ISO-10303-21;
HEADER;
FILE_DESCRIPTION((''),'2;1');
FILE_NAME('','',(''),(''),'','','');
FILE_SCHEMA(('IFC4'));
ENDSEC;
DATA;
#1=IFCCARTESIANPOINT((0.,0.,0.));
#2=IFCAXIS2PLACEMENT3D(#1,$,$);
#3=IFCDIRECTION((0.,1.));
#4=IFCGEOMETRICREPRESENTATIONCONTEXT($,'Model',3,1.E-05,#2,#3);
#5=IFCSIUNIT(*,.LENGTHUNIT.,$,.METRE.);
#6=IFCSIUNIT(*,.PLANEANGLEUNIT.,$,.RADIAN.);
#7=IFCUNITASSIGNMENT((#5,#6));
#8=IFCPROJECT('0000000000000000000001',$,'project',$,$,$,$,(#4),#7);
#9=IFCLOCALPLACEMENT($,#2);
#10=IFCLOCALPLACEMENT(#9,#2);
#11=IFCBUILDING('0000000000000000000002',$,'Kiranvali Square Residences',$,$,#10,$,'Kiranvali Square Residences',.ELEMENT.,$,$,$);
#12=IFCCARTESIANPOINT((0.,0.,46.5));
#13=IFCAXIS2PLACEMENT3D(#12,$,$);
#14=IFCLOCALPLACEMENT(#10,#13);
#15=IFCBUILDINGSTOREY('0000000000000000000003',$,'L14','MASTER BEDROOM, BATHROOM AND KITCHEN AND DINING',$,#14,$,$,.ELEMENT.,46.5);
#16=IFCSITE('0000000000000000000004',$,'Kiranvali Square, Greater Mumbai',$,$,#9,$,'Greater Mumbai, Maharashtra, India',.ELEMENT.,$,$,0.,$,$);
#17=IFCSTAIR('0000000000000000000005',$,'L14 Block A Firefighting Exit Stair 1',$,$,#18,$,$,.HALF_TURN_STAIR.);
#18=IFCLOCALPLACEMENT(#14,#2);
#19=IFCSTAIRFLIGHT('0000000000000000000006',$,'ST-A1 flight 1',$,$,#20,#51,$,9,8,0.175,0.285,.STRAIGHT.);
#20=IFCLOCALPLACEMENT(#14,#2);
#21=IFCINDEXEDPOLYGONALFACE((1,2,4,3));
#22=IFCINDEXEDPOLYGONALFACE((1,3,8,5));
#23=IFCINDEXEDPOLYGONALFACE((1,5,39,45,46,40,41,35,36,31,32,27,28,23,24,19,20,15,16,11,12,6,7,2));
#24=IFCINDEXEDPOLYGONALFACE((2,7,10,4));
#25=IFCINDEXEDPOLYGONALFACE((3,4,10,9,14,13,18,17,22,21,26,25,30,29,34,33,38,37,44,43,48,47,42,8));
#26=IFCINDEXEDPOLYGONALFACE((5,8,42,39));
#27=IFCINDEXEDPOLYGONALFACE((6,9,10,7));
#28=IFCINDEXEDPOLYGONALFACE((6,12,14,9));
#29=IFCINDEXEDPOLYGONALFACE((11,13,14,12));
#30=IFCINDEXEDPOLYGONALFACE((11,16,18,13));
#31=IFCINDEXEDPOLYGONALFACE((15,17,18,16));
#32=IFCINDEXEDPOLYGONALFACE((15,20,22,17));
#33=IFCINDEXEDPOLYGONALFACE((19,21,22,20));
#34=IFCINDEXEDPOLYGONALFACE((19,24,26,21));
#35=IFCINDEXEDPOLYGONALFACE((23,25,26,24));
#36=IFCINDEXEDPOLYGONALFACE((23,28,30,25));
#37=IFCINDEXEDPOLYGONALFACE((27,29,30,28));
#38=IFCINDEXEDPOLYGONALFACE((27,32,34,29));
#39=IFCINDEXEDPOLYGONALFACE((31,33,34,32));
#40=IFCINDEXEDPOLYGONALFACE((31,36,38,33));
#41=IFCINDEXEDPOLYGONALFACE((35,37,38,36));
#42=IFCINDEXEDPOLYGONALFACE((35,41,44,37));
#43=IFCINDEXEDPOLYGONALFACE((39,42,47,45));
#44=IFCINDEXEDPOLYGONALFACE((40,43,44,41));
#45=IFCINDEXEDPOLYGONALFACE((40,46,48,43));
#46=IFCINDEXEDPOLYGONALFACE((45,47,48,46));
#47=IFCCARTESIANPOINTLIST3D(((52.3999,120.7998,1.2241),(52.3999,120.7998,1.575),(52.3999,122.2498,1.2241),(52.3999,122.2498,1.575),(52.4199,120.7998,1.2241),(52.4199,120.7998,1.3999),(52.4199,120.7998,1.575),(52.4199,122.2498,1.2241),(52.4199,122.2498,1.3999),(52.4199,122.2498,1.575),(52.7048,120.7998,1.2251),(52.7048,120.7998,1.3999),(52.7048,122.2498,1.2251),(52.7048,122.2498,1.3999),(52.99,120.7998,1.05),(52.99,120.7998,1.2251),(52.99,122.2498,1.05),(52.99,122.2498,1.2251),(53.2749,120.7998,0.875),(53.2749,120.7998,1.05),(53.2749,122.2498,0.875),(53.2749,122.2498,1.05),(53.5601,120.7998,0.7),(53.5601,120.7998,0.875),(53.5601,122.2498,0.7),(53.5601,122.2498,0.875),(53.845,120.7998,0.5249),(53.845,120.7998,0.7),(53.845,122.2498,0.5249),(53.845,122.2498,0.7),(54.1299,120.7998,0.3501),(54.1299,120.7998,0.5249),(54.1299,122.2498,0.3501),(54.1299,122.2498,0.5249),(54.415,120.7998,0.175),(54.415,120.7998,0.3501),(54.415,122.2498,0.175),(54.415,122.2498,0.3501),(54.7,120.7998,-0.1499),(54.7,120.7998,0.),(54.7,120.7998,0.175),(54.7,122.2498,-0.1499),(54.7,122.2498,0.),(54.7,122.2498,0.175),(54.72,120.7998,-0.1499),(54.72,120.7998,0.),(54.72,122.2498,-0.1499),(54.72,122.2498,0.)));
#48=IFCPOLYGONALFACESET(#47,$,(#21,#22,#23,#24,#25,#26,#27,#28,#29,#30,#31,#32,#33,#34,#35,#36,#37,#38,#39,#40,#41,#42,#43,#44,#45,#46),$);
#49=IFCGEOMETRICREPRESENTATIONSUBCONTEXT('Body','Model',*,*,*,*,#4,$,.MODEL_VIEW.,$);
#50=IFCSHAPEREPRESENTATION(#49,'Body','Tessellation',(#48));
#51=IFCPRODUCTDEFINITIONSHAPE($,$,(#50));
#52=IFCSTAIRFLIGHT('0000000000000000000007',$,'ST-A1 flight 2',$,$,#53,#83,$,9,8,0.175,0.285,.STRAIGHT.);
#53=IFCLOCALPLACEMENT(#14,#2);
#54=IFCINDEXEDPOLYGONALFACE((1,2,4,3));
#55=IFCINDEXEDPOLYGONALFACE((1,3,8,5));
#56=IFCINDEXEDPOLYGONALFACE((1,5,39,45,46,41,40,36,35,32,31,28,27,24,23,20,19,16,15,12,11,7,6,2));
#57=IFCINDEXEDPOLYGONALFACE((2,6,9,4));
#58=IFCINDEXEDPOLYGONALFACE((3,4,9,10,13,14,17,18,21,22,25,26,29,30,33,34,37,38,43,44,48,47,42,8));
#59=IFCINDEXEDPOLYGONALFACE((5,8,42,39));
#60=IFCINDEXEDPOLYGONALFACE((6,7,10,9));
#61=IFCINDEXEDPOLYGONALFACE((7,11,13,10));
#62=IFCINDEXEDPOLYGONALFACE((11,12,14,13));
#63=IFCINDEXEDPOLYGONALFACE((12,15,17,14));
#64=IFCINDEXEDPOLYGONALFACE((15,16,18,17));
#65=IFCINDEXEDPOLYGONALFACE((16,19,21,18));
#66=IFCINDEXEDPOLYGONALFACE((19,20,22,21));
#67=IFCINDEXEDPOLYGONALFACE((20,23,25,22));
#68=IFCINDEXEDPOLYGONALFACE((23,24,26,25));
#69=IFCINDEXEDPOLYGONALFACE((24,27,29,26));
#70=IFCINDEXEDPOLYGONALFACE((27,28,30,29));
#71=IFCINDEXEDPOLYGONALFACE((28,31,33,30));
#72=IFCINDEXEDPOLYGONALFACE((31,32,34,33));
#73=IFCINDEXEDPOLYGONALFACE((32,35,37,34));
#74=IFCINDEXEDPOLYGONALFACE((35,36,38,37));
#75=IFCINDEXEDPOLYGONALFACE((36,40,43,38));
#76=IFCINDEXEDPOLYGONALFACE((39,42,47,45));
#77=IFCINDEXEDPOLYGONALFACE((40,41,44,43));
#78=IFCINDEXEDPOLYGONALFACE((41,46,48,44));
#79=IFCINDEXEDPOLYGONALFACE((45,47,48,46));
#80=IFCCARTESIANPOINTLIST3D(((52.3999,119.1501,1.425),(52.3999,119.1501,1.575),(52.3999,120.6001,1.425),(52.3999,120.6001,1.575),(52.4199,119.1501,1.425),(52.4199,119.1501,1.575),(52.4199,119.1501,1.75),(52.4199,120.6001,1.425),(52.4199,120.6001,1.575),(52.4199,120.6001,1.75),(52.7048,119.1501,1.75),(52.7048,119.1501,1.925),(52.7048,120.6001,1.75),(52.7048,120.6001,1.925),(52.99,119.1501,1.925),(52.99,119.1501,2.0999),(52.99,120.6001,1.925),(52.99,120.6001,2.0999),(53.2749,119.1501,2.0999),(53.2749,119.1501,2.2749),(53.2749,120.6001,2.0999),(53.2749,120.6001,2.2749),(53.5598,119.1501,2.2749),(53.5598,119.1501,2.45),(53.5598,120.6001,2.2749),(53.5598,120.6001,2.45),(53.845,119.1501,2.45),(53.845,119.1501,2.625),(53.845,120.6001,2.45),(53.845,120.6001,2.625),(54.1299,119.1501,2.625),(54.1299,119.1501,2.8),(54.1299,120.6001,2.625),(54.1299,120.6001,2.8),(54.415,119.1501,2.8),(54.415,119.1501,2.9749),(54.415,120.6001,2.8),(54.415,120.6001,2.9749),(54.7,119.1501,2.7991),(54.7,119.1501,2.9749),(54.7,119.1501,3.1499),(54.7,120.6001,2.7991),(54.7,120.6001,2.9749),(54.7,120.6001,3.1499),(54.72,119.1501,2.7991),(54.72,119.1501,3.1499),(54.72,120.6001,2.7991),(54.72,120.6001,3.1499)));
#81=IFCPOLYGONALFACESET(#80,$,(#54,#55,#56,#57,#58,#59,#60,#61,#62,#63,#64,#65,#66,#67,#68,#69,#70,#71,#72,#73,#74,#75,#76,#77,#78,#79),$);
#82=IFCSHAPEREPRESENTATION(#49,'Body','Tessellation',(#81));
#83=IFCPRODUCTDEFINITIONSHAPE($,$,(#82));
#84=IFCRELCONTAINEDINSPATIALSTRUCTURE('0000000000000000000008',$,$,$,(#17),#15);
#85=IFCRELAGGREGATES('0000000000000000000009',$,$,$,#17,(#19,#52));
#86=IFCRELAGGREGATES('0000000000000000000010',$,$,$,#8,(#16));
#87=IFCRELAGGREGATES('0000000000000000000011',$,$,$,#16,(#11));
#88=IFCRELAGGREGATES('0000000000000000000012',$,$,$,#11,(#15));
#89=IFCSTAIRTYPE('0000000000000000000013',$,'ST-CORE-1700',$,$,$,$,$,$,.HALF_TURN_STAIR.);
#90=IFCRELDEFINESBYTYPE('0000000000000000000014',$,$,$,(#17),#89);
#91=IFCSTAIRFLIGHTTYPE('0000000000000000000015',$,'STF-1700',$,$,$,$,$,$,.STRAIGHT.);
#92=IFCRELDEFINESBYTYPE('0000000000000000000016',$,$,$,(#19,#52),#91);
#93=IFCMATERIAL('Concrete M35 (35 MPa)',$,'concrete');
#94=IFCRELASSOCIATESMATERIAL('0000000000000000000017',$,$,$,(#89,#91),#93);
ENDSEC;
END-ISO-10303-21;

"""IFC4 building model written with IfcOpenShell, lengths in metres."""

from ifc_helpers import new_model, si_unit, direction, frame, origin, place, context, subcontext, project, spatial, polyline, outline, extrude, material, type_object, element, aggregate, save


model = new_model("IFC4")

# Units and contexts
model_context = context("Model", 3, precision=1e-05, world=origin(), true_north=direction((0.0, 1.0)))
body_context = subcontext(model_context, "Body", "Model", "MODEL_VIEW")
ifc_project = project(units=[si_unit("LENGTHUNIT", "METRE"), si_unit("PLANEANGLEUNIT", "RADIAN")], contexts=[model_context])

# Site, building, storey
site_placement = place(None, origin())
site = spatial("IfcSite", under=ifc_project, at=site_placement, Name="Kiranvali Square, Greater Mumbai", LongName="Greater Mumbai, Maharashtra, India", CompositionType="ELEMENT", RefElevation=0.0)
building_placement = place(site_placement, origin())
building = spatial("IfcBuilding", under=site, at=building_placement, Name="Kiranvali Square Residences", LongName="Kiranvali Square Residences", CompositionType="ELEMENT")
storey_placement = place(building_placement, frame((0.0, 0.0, 46.5)))
storey = spatial("IfcBuildingStorey", under=building, at=storey_placement, Name="L14", Description="MASTER BEDROOM, BATHROOM AND KITCHEN AND DINING", CompositionType="ELEMENT", Elevation=46.5)

# Stair, stair flights
ifc_material_1 = material(Name="Concrete M35 (35 MPa)", Category="concrete")
stair_type = type_object("IfcStairType", Name="ST-CORE-1700", PredefinedType="HALF_TURN_STAIR", material=ifc_material_1)
stair_placement = place(storey_placement, origin())
stair = element("IfcStair", 1, at=stair_placement, inside=storey, type_object=stair_type, Name="L14 Block A Firefighting Exit Stair 1", PredefinedType="HALF_TURN_STAIR")
stair_flight_type = type_object("IfcStairFlightType", Name="STF-1700", PredefinedType="STRAIGHT", material=ifc_material_1)
stair_flight_1_placement = place(storey_placement, frame((54.7, 121.5249, 0.0), z_axis=(0.0, 0.0, 1.0), x_axis=(-1.0, 0.0, 0.0)))
stair_flight_1 = element("IfcStairFlight", 2, at=stair_flight_1_placement, type_object=stair_flight_type, Name="ST-A1 flight 1", NumberOfRisers=9, NumberOfTreads=8, PredefinedType="STRAIGHT", RiserHeight=0.175, TreadLength=0.285, context=body_context, shape_type="SweptSolid", body=[
    extrude(outline(polyline([(-0.02, -0.1499), (-0.02, 0.0), (0.0, 0.0), (0.0, 0.175), (0.2849, 0.175), (0.2849, 0.3501), (0.5701, 0.3501), (0.5701, 0.5249), (0.855, 0.5249), (0.855, 0.7), (1.1399, 0.7), (1.1399, 0.875), (1.425, 0.875), (1.425, 1.05), (1.71, 1.05), (1.71, 1.2251), (1.9951, 1.2251), (1.9951, 1.3999), (2.28, 1.3999), (2.28, 1.575), (2.3, 1.575), (2.3, 1.2241), (2.28, 1.2241), (0.0, -0.1499), (-0.02, -0.1499)])), frame((0.0, 0.7251, 0.0), z_axis=(0.0, -1.0, 0.0), x_axis=(1.0, 0.0, 0.0)), (0.0, 0.0, 1.0), 1.45),
])
stair_flight_2_placement = place(storey_placement, frame((52.4199, 119.875, 1.575), z_axis=(0.0, 0.0, 1.0), x_axis=(1.0, 0.0, 0.0)))
stair_flight_2 = element("IfcStairFlight", 3, at=stair_flight_2_placement, type_object=stair_flight_type, Name="ST-A1 flight 2", NumberOfRisers=9, NumberOfTreads=8, PredefinedType="STRAIGHT", RiserHeight=0.175, TreadLength=0.285, context=body_context, shape_type="SweptSolid", body=[
    extrude(outline(polyline([(-0.02, -0.1499), (-0.02, 0.0), (0.0, 0.0), (0.0, 0.175), (0.2849, 0.175), (0.2849, 0.3501), (0.5701, 0.3501), (0.5701, 0.5249), (0.855, 0.5249), (0.855, 0.7), (1.1399, 0.7), (1.1399, 0.875), (1.425, 0.875), (1.425, 1.05), (1.71, 1.05), (1.71, 1.2251), (1.9951, 1.2251), (1.9951, 1.3999), (2.28, 1.3999), (2.28, 1.575), (2.3, 1.575), (2.3, 1.2241), (2.28, 1.2241), (0.0, -0.1499), (-0.02, -0.1499)])), frame((0.0, 0.7251, 0.0), z_axis=(0.0, -1.0, 0.0), x_axis=(1.0, 0.0, 0.0)), (0.0, 0.0, 1.0), 1.45),
])
aggregate(stair, [stair_flight_1, stair_flight_2])

save(model, "model.ifc")
